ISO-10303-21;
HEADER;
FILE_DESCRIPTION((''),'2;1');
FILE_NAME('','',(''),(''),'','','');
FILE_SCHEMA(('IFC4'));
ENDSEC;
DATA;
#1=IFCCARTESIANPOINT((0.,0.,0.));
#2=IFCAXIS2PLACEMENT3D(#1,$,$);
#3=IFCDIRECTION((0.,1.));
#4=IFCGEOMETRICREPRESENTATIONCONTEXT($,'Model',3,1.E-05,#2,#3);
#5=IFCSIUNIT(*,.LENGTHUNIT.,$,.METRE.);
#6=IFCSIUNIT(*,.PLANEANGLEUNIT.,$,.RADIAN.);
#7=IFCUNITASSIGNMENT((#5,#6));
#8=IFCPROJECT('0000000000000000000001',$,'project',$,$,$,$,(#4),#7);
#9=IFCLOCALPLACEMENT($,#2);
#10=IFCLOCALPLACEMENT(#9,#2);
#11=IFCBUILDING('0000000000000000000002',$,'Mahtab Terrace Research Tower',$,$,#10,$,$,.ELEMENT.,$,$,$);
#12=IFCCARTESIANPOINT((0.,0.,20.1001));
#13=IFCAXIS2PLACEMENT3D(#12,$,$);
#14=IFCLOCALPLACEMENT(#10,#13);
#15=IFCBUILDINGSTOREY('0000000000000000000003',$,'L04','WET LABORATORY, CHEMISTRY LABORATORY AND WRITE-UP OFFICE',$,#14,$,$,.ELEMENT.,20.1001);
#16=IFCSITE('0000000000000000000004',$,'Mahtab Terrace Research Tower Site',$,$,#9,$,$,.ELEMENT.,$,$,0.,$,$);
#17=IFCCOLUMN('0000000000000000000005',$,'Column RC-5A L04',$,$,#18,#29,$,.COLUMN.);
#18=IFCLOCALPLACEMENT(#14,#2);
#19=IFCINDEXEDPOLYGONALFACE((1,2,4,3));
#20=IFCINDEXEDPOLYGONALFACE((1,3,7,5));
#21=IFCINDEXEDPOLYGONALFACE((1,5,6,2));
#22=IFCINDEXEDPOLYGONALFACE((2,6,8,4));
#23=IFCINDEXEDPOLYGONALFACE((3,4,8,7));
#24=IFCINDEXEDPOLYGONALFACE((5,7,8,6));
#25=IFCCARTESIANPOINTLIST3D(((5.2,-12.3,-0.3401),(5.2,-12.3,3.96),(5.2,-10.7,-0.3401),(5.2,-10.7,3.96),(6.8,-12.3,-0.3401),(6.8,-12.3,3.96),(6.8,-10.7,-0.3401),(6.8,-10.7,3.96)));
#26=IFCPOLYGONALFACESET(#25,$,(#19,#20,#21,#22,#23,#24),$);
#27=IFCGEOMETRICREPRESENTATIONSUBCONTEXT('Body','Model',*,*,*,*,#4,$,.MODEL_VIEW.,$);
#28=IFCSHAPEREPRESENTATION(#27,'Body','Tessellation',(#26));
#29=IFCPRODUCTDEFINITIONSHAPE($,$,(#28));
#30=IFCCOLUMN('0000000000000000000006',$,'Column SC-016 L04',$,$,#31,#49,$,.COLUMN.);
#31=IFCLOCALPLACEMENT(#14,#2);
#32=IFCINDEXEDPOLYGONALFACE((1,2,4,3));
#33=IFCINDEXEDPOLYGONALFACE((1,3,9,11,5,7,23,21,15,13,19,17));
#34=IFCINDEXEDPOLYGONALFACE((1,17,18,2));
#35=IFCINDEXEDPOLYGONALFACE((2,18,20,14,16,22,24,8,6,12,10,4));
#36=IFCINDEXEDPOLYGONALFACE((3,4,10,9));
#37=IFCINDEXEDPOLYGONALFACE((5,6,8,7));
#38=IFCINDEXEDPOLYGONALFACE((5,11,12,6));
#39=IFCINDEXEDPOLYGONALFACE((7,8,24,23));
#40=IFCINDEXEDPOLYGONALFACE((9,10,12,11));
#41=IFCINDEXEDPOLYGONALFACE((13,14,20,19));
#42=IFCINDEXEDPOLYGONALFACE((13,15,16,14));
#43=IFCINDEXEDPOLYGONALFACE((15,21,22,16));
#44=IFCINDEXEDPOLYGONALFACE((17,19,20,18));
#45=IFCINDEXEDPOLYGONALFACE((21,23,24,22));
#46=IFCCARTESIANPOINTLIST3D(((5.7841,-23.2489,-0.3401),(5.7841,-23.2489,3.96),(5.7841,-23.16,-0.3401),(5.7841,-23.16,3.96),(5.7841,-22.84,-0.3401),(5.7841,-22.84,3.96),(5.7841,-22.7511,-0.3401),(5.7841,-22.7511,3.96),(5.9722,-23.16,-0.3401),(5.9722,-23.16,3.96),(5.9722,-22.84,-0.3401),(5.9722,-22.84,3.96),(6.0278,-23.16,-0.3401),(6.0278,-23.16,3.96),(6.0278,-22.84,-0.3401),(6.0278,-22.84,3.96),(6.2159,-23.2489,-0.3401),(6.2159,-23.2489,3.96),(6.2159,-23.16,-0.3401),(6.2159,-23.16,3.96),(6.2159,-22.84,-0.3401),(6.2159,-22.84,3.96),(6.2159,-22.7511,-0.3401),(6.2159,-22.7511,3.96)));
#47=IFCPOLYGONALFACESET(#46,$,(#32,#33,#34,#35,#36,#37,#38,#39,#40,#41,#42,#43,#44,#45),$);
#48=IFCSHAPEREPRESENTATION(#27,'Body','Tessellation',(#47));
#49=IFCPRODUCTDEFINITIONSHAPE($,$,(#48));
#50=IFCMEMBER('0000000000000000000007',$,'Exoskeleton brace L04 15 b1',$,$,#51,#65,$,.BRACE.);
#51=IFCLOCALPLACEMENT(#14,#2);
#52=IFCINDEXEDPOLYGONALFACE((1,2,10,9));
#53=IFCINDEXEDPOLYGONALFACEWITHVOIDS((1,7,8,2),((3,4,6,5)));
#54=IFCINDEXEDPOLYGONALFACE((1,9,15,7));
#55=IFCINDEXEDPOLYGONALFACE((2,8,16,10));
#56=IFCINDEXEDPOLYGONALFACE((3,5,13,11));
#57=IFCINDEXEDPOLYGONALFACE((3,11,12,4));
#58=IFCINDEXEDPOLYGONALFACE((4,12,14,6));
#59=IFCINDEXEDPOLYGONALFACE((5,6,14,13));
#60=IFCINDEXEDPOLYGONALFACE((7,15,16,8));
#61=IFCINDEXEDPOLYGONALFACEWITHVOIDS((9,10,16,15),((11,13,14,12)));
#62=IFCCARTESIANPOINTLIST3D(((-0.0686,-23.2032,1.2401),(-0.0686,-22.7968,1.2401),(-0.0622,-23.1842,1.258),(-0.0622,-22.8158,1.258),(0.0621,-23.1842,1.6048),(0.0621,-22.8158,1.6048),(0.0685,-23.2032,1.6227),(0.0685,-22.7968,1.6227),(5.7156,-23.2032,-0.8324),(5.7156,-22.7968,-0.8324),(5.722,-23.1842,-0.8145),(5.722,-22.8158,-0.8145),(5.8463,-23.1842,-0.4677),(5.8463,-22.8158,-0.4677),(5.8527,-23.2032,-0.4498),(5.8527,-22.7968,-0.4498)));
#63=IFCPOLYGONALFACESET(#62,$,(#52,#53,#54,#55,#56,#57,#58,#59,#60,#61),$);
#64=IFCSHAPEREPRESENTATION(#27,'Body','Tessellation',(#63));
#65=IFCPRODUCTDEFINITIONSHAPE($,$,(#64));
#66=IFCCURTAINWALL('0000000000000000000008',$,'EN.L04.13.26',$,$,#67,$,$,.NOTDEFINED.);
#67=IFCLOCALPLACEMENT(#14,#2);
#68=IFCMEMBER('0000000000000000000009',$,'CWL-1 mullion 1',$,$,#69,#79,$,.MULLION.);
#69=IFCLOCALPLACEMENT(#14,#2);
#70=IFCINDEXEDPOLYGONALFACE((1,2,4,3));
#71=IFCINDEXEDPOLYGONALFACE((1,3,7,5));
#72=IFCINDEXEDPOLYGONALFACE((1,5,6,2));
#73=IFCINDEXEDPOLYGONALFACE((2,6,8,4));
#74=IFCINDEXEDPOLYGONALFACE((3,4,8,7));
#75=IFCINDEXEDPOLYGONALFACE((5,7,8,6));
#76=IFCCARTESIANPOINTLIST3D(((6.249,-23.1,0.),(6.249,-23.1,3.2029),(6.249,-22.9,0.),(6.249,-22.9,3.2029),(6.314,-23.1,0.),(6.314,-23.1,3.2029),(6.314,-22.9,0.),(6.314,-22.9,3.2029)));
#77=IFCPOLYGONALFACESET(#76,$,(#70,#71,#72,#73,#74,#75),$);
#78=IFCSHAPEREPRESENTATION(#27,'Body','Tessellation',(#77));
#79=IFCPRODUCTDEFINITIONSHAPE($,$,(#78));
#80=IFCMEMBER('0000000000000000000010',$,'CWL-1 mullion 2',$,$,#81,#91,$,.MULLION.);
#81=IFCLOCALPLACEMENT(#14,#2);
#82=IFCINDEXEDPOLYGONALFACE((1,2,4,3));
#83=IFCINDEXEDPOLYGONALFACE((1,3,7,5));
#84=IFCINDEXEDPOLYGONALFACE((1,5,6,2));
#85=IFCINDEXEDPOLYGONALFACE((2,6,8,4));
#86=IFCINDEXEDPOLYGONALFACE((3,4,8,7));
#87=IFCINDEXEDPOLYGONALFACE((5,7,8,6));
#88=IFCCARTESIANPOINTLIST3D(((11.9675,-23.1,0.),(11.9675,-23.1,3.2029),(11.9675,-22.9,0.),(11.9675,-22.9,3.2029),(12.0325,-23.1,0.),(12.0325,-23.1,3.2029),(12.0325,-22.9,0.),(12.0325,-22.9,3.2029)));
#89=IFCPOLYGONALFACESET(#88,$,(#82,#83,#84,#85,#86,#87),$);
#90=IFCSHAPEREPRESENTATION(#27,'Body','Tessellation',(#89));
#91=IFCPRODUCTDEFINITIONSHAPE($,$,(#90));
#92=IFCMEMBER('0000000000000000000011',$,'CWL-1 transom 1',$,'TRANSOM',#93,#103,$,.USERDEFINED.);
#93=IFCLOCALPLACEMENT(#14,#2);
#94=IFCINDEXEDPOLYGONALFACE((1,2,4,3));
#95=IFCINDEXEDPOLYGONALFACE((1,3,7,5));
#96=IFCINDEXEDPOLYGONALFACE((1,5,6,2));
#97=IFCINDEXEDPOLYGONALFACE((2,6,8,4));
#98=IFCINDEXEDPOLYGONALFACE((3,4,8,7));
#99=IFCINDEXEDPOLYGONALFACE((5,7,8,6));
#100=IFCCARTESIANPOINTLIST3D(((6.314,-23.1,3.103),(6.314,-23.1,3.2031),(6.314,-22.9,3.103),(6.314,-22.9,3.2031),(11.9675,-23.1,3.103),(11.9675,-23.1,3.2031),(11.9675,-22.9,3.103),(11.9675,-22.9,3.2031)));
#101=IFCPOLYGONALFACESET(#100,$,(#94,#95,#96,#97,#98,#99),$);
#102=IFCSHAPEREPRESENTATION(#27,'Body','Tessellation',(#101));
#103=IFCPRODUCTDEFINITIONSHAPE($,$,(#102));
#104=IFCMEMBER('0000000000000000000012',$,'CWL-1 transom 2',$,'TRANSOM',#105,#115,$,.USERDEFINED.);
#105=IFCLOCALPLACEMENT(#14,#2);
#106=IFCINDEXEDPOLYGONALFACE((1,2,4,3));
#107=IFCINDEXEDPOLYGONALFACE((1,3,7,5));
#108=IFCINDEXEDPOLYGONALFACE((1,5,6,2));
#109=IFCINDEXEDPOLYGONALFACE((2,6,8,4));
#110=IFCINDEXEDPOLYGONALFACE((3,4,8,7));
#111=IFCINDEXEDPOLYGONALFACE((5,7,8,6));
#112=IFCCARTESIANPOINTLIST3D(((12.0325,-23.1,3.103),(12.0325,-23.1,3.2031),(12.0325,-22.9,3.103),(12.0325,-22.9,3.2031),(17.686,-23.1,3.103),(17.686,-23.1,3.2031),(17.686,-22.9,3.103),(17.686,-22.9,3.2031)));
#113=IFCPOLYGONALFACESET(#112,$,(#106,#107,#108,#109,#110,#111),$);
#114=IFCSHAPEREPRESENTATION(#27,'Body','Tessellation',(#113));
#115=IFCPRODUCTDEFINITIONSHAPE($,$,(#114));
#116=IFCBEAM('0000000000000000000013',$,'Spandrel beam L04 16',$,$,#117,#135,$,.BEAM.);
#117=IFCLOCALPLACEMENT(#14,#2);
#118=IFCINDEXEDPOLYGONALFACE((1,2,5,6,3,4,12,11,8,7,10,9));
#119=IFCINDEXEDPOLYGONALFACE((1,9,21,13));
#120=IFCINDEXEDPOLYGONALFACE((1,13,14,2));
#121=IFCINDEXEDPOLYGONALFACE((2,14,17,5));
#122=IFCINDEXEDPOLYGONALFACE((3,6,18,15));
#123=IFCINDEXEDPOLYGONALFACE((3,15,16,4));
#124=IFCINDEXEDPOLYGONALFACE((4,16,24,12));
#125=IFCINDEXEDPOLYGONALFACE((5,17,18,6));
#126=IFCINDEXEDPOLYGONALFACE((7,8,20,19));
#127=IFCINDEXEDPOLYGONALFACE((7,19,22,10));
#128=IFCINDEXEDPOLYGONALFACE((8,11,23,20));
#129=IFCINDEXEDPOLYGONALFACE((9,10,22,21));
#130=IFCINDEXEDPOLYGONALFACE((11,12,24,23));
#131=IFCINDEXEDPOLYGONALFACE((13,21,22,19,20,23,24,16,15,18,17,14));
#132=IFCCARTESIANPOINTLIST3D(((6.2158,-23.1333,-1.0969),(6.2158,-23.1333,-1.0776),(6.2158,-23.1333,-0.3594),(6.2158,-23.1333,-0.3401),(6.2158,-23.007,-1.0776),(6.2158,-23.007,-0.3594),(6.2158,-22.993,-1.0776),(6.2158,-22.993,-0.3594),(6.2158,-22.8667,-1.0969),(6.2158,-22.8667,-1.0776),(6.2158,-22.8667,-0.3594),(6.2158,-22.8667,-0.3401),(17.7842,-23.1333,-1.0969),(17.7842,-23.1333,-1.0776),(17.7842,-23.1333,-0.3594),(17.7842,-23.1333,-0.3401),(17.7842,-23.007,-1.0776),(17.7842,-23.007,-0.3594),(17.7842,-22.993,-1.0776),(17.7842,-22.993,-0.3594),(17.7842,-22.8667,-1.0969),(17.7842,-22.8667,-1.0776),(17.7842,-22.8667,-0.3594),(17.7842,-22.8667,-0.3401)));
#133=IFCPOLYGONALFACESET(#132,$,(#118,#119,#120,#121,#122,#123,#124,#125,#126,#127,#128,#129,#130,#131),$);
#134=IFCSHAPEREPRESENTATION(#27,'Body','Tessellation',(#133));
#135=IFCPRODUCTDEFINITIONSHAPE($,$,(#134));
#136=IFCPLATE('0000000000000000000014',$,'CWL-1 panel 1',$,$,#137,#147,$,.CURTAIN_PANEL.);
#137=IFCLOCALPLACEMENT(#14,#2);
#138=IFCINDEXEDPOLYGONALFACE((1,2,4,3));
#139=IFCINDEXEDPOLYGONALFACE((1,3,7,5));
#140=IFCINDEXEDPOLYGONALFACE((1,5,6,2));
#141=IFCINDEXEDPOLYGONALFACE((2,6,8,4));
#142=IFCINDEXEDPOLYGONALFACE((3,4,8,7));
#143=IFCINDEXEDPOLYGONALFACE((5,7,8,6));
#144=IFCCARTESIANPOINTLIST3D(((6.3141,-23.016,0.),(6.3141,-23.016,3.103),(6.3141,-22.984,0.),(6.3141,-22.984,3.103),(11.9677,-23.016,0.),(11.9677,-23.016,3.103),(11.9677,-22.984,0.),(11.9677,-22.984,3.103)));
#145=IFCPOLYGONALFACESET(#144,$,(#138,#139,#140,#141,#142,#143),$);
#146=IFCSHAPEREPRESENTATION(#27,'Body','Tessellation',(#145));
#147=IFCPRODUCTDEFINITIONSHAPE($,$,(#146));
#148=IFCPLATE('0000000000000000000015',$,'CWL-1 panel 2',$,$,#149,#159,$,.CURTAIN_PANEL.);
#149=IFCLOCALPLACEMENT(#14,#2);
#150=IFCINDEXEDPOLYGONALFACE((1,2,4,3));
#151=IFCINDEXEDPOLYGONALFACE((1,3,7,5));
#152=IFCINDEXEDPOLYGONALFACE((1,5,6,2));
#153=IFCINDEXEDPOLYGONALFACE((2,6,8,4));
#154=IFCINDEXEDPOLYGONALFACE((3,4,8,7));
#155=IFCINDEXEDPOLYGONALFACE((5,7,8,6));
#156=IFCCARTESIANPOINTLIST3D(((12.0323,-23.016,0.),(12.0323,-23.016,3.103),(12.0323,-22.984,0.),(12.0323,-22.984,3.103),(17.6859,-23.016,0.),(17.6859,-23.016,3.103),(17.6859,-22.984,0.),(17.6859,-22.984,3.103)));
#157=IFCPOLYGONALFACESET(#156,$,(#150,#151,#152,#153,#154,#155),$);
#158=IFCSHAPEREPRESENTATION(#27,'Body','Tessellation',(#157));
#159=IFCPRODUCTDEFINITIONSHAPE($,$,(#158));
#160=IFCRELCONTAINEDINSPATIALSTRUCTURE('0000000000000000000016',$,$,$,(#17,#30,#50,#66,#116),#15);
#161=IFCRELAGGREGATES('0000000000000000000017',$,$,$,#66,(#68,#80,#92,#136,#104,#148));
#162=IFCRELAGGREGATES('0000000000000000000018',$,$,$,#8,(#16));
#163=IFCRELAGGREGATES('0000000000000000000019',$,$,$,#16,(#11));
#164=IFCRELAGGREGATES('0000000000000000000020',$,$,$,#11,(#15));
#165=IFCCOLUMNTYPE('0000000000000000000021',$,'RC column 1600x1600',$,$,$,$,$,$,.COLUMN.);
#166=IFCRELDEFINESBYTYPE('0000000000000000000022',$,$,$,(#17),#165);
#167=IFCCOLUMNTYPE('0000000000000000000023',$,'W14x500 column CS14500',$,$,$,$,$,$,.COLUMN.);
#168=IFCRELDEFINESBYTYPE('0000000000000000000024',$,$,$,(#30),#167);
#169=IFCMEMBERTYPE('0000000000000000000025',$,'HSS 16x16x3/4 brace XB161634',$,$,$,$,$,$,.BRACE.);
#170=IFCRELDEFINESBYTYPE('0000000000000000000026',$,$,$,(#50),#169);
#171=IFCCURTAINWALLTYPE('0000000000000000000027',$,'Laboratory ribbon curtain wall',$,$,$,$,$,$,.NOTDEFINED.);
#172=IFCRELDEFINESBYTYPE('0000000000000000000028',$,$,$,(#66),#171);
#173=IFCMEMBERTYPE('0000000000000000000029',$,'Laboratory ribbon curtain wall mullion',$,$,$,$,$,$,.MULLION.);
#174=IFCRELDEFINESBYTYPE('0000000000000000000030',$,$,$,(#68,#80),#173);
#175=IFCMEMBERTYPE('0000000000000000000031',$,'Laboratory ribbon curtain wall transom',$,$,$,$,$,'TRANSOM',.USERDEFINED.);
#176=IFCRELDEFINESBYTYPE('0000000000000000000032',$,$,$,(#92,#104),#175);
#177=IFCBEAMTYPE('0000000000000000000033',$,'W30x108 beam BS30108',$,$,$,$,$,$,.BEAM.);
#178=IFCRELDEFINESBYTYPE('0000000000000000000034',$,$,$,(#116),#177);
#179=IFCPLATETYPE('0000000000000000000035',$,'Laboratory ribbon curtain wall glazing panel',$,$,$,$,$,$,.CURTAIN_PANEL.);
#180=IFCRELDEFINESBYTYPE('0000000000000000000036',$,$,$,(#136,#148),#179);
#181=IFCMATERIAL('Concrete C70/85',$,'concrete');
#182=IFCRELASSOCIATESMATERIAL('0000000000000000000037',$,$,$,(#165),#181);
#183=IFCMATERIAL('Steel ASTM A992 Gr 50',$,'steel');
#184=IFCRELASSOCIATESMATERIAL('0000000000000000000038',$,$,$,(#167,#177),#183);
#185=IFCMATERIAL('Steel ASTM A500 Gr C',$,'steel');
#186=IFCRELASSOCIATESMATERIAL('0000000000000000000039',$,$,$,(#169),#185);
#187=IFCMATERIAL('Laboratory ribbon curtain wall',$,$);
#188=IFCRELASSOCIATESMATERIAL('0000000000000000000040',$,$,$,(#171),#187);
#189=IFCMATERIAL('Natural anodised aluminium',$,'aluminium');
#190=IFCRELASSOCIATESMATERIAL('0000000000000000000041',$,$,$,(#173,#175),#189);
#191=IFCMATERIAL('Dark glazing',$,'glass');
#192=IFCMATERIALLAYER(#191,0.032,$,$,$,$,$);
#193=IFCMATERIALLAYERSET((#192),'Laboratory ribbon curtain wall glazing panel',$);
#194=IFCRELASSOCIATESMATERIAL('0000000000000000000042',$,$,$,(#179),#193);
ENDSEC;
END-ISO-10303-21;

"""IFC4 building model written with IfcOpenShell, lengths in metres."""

from ifc_helpers import new_model, si_unit, direction, frame, origin, origin_2d, place, context, subcontext, project, spatial, rectangle, hollow_rectangle, i_section, extrude, material, layer, layer_set, material_profile, profile_set, type_object, element, aggregate, save


model = new_model("IFC4")

# Units and contexts
model_context = context("Model", 3, precision=1e-05, world=origin(), true_north=direction((0.0, 1.0)))
body_context = subcontext(model_context, "Body", "Model", "MODEL_VIEW")
ifc_project = project(units=[si_unit("LENGTHUNIT", "METRE"), si_unit("PLANEANGLEUNIT", "RADIAN")], contexts=[model_context])

# Site, building, storey
site_placement = place(None, origin())
site = spatial("IfcSite", under=ifc_project, at=site_placement, Name="Mahtab Terrace Research Tower Site", CompositionType="ELEMENT", RefElevation=0.0)
building_placement = place(site_placement, origin())
building = spatial("IfcBuilding", under=site, at=building_placement, Name="Mahtab Terrace Research Tower", CompositionType="ELEMENT")
storey_placement = place(building_placement, frame((0.0, 0.0, 20.1001)))
storey = spatial("IfcBuildingStorey", under=building, at=storey_placement, Name="L04", Description="WET LABORATORY, CHEMISTRY LABORATORY AND WRITE-UP OFFICE", CompositionType="ELEMENT", Elevation=20.1001)

# Columns
ifc_material_1 = material(Name="Concrete C70/85", Category="concrete")
ifc_material_profile_1 = material_profile(ifc_material_1, rectangle(XDim=1.6001, YDim=1.6001, at=origin_2d()), Name="RC column 1600x1600")
ifc_profile_set_1 = profile_set([ifc_material_profile_1], Name="Concrete C70/85")
column_type_1 = type_object("IfcColumnType", Name="RC column 1600x1600", PredefinedType="COLUMN", material=ifc_profile_set_1)
column_1_placement = place(storey_placement, frame((6.0, -11.5, -0.3401), z_axis=(0.0, 0.0, 1.0), x_axis=(1.0, 0.0, 0.0)))
element("IfcColumn", 1, at=column_1_placement, inside=storey, type_object=column_type_1, Name="Column RC-5A L04", PredefinedType="COLUMN", context=body_context, shape_type="SweptSolid", body=[
    extrude(rectangle(XDim=1.6001, YDim=1.6001, at=origin_2d()), origin(), (0.0, 0.0, 1.0), 4.3),
])
ifc_material_2 = material(Name="Steel ASTM A992 Gr 50", Category="steel")
ifc_material_profile_2 = material_profile(ifc_material_2, i_section(OverallWidth=0.4319, OverallDepth=0.4978, WebThickness=0.0557, FlangeThickness=0.0889, at=origin_2d()), Name="W14X500")
ifc_profile_set_2 = profile_set([ifc_material_profile_2], Name="Steel ASTM A992 Gr 50")
column_type_2 = type_object("IfcColumnType", Name="W14x500 column CS14500", PredefinedType="COLUMN", material=ifc_profile_set_2)
column_2_placement = place(storey_placement, frame((6.0, -23.0, -0.3401), z_axis=(0.0, 0.0, 1.0), x_axis=(1.0, 0.0, 0.0)))
element("IfcColumn", 2, at=column_2_placement, inside=storey, type_object=column_type_2, Name="Column SC-016 L04", PredefinedType="COLUMN", context=body_context, shape_type="SweptSolid", body=[
    extrude(i_section(OverallWidth=0.4319, OverallDepth=0.4978, WebThickness=0.0557, FlangeThickness=0.0889, at=origin_2d()), origin(), (0.0, 0.0, 1.0), 4.3),
])

# Member
ifc_material_3 = material(Name="Steel ASTM A500 Gr C", Category="steel")
ifc_material_profile_3 = material_profile(ifc_material_3, hollow_rectangle(XDim=0.4065, YDim=0.4065, WallThickness=0.019, at=origin_2d()), Name="HSS16X16X3/4")
ifc_profile_set_3 = profile_set([ifc_material_profile_3], Name="Steel ASTM A500 Gr C")
member_type_1 = type_object("IfcMemberType", Name="HSS 16x16x3/4 brace XB161634", PredefinedType="BRACE", material=ifc_profile_set_3)
member_1_placement = place(storey_placement, frame((5.7842, -23.0, -0.6411), z_axis=(-0.941394, 0.0, 0.337308), x_axis=(0.0, -1.0, 0.0)))
element("IfcMember", 3, at=member_1_placement, inside=storey, type_object=member_type_1, Name="Exoskeleton brace L04 15 b1", PredefinedType="BRACE", context=body_context, shape_type="SweptSolid", body=[
    extrude(hollow_rectangle(XDim=0.4065, YDim=0.4065, WallThickness=0.019, at=origin_2d()), origin(), (0.0, 0.0, 1.0), 6.1443),
])

# Curtain wall, members
ifc_material_4 = material(Name="Laboratory ribbon curtain wall")
curtain_wall_type = type_object("IfcCurtainWallType", Name="Laboratory ribbon curtain wall", PredefinedType="NOTDEFINED", material=ifc_material_4)
curtain_wall_placement = place(storey_placement, origin())
curtain_wall = element("IfcCurtainWall", 4, at=curtain_wall_placement, inside=storey, type_object=curtain_wall_type, Name="EN.L04.13.26", PredefinedType="NOTDEFINED")
ifc_material_5 = material(Name="Natural anodised aluminium", Category="aluminium")
ifc_material_profile_4 = material_profile(ifc_material_5, rectangle(XDim=0.2, YDim=0.0649, at=origin_2d()), Name="MULLION 65x200")
ifc_profile_set_4 = profile_set([ifc_material_profile_4], Name="Natural anodised aluminium")
member_type_2 = type_object("IfcMemberType", Name="Laboratory ribbon curtain wall mullion", PredefinedType="MULLION", material=ifc_profile_set_4)
member_2_placement = place(storey_placement, frame((6.2815, -23.0, 0.0), z_axis=(0.0, 0.0, 1.0), x_axis=(0.0, 1.0, 0.0)))
member_2 = element("IfcMember", 5, at=member_2_placement, type_object=member_type_2, Name="CWL-1 mullion 1", PredefinedType="MULLION", context=body_context, shape_type="SweptSolid", body=[
    extrude(rectangle(XDim=0.2, YDim=0.0649, at=origin_2d()), origin(), (0.0, 0.0, 1.0), 3.2029),
])
member_3_placement = place(storey_placement, frame((12.0, -23.0, 0.0), z_axis=(0.0, 0.0, 1.0), x_axis=(0.0, 1.0, 0.0)))
member_3 = element("IfcMember", 6, at=member_3_placement, type_object=member_type_2, Name="CWL-1 mullion 2", PredefinedType="MULLION", context=body_context, shape_type="SweptSolid", body=[
    extrude(rectangle(XDim=0.2, YDim=0.0649, at=origin_2d()), origin(), (0.0, 0.0, 1.0), 3.2029),
])
ifc_material_profile_5 = material_profile(ifc_material_5, rectangle(XDim=0.2, YDim=0.1001, at=origin_2d()), Name="TRANSOM 100x200")
ifc_profile_set_5 = profile_set([ifc_material_profile_5], Name="Natural anodised aluminium")
member_type_3 = type_object("IfcMemberType", Name="Laboratory ribbon curtain wall transom", ElementType="TRANSOM", PredefinedType="USERDEFINED", material=ifc_profile_set_5)
member_4_placement = place(storey_placement, frame((6.314, -23.0, 3.1531), z_axis=(1.0, 0.0, 0.0), x_axis=(0.0, 1.0, 0.0)))
member_4 = element("IfcMember", 7, at=member_4_placement, type_object=member_type_3, Name="CWL-1 transom 1", ObjectType="TRANSOM", PredefinedType="USERDEFINED", context=body_context, shape_type="SweptSolid", body=[
    extrude(rectangle(XDim=0.2, YDim=0.1001, at=origin_2d()), origin(), (0.0, 0.0, 1.0), 5.6536),
])
member_5_placement = place(storey_placement, frame((12.0325, -23.0, 3.1531), z_axis=(1.0, 0.0, 0.0), x_axis=(0.0, 1.0, 0.0)))
member_5 = element("IfcMember", 8, at=member_5_placement, type_object=member_type_3, Name="CWL-1 transom 2", ObjectType="TRANSOM", PredefinedType="USERDEFINED", context=body_context, shape_type="SweptSolid", body=[
    extrude(rectangle(XDim=0.2, YDim=0.1001, at=origin_2d()), origin(), (0.0, 0.0, 1.0), 5.6536),
])

# Beam
ifc_material_profile_6 = material_profile(ifc_material_2, i_section(OverallWidth=0.2666, OverallDepth=0.7568, WebThickness=0.0139, FlangeThickness=0.0193, at=origin_2d()), Name="W30X108")
ifc_profile_set_6 = profile_set([ifc_material_profile_6], Name="Steel ASTM A992 Gr 50")
beam_type = type_object("IfcBeamType", Name="W30x108 beam BS30108", PredefinedType="BEAM", material=ifc_profile_set_6)
beam_placement = place(storey_placement, frame((6.2158, -23.0, -0.7185), z_axis=(1.0, 0.0, 0.0), x_axis=(0.0, 1.0, 0.0)))
element("IfcBeam", 9, at=beam_placement, inside=storey, type_object=beam_type, Name="Spandrel beam L04 16", PredefinedType="BEAM", context=body_context, shape_type="SweptSolid", body=[
    extrude(i_section(OverallWidth=0.2666, OverallDepth=0.7568, WebThickness=0.0139, FlangeThickness=0.0193, at=origin_2d()), origin(), (0.0, 0.0, 1.0), 11.5684),
])

# Plates
ifc_material_6 = material(Name="Dark glazing", Category="glass")
ifc_layer_1 = layer(ifc_material_6, 0.032)
ifc_layer_set_1 = layer_set([ifc_layer_1], Name="Laboratory ribbon curtain wall glazing panel")
plate_type = type_object("IfcPlateType", Name="Laboratory ribbon curtain wall glazing panel", PredefinedType="CURTAIN_PANEL", material=ifc_layer_set_1)
plate_1_placement = place(storey_placement, frame((9.1409, -23.0, 0.0), z_axis=(0.0, 0.0, 1.0), x_axis=(1.0, 0.0, 0.0)))
plate_1 = element("IfcPlate", 10, at=plate_1_placement, type_object=plate_type, Name="CWL-1 panel 1", PredefinedType="CURTAIN_PANEL", context=body_context, shape_type="SweptSolid", body=[
    extrude(rectangle(XDim=5.6536, YDim=0.032, at=origin_2d()), origin(), (0.0, 0.0, 1.0), 3.103),
])
plate_2_placement = place(storey_placement, frame((14.8591, -23.0, 0.0), z_axis=(0.0, 0.0, 1.0), x_axis=(1.0, 0.0, 0.0)))
plate_2 = element("IfcPlate", 11, at=plate_2_placement, type_object=plate_type, Name="CWL-1 panel 2", PredefinedType="CURTAIN_PANEL", context=body_context, shape_type="SweptSolid", body=[
    extrude(rectangle(XDim=5.6536, YDim=0.032, at=origin_2d()), origin(), (0.0, 0.0, 1.0), 3.103),
])
aggregate(curtain_wall, [member_2, member_3, member_4, plate_1, member_5, plate_2])

save(model, "model.ifc")
